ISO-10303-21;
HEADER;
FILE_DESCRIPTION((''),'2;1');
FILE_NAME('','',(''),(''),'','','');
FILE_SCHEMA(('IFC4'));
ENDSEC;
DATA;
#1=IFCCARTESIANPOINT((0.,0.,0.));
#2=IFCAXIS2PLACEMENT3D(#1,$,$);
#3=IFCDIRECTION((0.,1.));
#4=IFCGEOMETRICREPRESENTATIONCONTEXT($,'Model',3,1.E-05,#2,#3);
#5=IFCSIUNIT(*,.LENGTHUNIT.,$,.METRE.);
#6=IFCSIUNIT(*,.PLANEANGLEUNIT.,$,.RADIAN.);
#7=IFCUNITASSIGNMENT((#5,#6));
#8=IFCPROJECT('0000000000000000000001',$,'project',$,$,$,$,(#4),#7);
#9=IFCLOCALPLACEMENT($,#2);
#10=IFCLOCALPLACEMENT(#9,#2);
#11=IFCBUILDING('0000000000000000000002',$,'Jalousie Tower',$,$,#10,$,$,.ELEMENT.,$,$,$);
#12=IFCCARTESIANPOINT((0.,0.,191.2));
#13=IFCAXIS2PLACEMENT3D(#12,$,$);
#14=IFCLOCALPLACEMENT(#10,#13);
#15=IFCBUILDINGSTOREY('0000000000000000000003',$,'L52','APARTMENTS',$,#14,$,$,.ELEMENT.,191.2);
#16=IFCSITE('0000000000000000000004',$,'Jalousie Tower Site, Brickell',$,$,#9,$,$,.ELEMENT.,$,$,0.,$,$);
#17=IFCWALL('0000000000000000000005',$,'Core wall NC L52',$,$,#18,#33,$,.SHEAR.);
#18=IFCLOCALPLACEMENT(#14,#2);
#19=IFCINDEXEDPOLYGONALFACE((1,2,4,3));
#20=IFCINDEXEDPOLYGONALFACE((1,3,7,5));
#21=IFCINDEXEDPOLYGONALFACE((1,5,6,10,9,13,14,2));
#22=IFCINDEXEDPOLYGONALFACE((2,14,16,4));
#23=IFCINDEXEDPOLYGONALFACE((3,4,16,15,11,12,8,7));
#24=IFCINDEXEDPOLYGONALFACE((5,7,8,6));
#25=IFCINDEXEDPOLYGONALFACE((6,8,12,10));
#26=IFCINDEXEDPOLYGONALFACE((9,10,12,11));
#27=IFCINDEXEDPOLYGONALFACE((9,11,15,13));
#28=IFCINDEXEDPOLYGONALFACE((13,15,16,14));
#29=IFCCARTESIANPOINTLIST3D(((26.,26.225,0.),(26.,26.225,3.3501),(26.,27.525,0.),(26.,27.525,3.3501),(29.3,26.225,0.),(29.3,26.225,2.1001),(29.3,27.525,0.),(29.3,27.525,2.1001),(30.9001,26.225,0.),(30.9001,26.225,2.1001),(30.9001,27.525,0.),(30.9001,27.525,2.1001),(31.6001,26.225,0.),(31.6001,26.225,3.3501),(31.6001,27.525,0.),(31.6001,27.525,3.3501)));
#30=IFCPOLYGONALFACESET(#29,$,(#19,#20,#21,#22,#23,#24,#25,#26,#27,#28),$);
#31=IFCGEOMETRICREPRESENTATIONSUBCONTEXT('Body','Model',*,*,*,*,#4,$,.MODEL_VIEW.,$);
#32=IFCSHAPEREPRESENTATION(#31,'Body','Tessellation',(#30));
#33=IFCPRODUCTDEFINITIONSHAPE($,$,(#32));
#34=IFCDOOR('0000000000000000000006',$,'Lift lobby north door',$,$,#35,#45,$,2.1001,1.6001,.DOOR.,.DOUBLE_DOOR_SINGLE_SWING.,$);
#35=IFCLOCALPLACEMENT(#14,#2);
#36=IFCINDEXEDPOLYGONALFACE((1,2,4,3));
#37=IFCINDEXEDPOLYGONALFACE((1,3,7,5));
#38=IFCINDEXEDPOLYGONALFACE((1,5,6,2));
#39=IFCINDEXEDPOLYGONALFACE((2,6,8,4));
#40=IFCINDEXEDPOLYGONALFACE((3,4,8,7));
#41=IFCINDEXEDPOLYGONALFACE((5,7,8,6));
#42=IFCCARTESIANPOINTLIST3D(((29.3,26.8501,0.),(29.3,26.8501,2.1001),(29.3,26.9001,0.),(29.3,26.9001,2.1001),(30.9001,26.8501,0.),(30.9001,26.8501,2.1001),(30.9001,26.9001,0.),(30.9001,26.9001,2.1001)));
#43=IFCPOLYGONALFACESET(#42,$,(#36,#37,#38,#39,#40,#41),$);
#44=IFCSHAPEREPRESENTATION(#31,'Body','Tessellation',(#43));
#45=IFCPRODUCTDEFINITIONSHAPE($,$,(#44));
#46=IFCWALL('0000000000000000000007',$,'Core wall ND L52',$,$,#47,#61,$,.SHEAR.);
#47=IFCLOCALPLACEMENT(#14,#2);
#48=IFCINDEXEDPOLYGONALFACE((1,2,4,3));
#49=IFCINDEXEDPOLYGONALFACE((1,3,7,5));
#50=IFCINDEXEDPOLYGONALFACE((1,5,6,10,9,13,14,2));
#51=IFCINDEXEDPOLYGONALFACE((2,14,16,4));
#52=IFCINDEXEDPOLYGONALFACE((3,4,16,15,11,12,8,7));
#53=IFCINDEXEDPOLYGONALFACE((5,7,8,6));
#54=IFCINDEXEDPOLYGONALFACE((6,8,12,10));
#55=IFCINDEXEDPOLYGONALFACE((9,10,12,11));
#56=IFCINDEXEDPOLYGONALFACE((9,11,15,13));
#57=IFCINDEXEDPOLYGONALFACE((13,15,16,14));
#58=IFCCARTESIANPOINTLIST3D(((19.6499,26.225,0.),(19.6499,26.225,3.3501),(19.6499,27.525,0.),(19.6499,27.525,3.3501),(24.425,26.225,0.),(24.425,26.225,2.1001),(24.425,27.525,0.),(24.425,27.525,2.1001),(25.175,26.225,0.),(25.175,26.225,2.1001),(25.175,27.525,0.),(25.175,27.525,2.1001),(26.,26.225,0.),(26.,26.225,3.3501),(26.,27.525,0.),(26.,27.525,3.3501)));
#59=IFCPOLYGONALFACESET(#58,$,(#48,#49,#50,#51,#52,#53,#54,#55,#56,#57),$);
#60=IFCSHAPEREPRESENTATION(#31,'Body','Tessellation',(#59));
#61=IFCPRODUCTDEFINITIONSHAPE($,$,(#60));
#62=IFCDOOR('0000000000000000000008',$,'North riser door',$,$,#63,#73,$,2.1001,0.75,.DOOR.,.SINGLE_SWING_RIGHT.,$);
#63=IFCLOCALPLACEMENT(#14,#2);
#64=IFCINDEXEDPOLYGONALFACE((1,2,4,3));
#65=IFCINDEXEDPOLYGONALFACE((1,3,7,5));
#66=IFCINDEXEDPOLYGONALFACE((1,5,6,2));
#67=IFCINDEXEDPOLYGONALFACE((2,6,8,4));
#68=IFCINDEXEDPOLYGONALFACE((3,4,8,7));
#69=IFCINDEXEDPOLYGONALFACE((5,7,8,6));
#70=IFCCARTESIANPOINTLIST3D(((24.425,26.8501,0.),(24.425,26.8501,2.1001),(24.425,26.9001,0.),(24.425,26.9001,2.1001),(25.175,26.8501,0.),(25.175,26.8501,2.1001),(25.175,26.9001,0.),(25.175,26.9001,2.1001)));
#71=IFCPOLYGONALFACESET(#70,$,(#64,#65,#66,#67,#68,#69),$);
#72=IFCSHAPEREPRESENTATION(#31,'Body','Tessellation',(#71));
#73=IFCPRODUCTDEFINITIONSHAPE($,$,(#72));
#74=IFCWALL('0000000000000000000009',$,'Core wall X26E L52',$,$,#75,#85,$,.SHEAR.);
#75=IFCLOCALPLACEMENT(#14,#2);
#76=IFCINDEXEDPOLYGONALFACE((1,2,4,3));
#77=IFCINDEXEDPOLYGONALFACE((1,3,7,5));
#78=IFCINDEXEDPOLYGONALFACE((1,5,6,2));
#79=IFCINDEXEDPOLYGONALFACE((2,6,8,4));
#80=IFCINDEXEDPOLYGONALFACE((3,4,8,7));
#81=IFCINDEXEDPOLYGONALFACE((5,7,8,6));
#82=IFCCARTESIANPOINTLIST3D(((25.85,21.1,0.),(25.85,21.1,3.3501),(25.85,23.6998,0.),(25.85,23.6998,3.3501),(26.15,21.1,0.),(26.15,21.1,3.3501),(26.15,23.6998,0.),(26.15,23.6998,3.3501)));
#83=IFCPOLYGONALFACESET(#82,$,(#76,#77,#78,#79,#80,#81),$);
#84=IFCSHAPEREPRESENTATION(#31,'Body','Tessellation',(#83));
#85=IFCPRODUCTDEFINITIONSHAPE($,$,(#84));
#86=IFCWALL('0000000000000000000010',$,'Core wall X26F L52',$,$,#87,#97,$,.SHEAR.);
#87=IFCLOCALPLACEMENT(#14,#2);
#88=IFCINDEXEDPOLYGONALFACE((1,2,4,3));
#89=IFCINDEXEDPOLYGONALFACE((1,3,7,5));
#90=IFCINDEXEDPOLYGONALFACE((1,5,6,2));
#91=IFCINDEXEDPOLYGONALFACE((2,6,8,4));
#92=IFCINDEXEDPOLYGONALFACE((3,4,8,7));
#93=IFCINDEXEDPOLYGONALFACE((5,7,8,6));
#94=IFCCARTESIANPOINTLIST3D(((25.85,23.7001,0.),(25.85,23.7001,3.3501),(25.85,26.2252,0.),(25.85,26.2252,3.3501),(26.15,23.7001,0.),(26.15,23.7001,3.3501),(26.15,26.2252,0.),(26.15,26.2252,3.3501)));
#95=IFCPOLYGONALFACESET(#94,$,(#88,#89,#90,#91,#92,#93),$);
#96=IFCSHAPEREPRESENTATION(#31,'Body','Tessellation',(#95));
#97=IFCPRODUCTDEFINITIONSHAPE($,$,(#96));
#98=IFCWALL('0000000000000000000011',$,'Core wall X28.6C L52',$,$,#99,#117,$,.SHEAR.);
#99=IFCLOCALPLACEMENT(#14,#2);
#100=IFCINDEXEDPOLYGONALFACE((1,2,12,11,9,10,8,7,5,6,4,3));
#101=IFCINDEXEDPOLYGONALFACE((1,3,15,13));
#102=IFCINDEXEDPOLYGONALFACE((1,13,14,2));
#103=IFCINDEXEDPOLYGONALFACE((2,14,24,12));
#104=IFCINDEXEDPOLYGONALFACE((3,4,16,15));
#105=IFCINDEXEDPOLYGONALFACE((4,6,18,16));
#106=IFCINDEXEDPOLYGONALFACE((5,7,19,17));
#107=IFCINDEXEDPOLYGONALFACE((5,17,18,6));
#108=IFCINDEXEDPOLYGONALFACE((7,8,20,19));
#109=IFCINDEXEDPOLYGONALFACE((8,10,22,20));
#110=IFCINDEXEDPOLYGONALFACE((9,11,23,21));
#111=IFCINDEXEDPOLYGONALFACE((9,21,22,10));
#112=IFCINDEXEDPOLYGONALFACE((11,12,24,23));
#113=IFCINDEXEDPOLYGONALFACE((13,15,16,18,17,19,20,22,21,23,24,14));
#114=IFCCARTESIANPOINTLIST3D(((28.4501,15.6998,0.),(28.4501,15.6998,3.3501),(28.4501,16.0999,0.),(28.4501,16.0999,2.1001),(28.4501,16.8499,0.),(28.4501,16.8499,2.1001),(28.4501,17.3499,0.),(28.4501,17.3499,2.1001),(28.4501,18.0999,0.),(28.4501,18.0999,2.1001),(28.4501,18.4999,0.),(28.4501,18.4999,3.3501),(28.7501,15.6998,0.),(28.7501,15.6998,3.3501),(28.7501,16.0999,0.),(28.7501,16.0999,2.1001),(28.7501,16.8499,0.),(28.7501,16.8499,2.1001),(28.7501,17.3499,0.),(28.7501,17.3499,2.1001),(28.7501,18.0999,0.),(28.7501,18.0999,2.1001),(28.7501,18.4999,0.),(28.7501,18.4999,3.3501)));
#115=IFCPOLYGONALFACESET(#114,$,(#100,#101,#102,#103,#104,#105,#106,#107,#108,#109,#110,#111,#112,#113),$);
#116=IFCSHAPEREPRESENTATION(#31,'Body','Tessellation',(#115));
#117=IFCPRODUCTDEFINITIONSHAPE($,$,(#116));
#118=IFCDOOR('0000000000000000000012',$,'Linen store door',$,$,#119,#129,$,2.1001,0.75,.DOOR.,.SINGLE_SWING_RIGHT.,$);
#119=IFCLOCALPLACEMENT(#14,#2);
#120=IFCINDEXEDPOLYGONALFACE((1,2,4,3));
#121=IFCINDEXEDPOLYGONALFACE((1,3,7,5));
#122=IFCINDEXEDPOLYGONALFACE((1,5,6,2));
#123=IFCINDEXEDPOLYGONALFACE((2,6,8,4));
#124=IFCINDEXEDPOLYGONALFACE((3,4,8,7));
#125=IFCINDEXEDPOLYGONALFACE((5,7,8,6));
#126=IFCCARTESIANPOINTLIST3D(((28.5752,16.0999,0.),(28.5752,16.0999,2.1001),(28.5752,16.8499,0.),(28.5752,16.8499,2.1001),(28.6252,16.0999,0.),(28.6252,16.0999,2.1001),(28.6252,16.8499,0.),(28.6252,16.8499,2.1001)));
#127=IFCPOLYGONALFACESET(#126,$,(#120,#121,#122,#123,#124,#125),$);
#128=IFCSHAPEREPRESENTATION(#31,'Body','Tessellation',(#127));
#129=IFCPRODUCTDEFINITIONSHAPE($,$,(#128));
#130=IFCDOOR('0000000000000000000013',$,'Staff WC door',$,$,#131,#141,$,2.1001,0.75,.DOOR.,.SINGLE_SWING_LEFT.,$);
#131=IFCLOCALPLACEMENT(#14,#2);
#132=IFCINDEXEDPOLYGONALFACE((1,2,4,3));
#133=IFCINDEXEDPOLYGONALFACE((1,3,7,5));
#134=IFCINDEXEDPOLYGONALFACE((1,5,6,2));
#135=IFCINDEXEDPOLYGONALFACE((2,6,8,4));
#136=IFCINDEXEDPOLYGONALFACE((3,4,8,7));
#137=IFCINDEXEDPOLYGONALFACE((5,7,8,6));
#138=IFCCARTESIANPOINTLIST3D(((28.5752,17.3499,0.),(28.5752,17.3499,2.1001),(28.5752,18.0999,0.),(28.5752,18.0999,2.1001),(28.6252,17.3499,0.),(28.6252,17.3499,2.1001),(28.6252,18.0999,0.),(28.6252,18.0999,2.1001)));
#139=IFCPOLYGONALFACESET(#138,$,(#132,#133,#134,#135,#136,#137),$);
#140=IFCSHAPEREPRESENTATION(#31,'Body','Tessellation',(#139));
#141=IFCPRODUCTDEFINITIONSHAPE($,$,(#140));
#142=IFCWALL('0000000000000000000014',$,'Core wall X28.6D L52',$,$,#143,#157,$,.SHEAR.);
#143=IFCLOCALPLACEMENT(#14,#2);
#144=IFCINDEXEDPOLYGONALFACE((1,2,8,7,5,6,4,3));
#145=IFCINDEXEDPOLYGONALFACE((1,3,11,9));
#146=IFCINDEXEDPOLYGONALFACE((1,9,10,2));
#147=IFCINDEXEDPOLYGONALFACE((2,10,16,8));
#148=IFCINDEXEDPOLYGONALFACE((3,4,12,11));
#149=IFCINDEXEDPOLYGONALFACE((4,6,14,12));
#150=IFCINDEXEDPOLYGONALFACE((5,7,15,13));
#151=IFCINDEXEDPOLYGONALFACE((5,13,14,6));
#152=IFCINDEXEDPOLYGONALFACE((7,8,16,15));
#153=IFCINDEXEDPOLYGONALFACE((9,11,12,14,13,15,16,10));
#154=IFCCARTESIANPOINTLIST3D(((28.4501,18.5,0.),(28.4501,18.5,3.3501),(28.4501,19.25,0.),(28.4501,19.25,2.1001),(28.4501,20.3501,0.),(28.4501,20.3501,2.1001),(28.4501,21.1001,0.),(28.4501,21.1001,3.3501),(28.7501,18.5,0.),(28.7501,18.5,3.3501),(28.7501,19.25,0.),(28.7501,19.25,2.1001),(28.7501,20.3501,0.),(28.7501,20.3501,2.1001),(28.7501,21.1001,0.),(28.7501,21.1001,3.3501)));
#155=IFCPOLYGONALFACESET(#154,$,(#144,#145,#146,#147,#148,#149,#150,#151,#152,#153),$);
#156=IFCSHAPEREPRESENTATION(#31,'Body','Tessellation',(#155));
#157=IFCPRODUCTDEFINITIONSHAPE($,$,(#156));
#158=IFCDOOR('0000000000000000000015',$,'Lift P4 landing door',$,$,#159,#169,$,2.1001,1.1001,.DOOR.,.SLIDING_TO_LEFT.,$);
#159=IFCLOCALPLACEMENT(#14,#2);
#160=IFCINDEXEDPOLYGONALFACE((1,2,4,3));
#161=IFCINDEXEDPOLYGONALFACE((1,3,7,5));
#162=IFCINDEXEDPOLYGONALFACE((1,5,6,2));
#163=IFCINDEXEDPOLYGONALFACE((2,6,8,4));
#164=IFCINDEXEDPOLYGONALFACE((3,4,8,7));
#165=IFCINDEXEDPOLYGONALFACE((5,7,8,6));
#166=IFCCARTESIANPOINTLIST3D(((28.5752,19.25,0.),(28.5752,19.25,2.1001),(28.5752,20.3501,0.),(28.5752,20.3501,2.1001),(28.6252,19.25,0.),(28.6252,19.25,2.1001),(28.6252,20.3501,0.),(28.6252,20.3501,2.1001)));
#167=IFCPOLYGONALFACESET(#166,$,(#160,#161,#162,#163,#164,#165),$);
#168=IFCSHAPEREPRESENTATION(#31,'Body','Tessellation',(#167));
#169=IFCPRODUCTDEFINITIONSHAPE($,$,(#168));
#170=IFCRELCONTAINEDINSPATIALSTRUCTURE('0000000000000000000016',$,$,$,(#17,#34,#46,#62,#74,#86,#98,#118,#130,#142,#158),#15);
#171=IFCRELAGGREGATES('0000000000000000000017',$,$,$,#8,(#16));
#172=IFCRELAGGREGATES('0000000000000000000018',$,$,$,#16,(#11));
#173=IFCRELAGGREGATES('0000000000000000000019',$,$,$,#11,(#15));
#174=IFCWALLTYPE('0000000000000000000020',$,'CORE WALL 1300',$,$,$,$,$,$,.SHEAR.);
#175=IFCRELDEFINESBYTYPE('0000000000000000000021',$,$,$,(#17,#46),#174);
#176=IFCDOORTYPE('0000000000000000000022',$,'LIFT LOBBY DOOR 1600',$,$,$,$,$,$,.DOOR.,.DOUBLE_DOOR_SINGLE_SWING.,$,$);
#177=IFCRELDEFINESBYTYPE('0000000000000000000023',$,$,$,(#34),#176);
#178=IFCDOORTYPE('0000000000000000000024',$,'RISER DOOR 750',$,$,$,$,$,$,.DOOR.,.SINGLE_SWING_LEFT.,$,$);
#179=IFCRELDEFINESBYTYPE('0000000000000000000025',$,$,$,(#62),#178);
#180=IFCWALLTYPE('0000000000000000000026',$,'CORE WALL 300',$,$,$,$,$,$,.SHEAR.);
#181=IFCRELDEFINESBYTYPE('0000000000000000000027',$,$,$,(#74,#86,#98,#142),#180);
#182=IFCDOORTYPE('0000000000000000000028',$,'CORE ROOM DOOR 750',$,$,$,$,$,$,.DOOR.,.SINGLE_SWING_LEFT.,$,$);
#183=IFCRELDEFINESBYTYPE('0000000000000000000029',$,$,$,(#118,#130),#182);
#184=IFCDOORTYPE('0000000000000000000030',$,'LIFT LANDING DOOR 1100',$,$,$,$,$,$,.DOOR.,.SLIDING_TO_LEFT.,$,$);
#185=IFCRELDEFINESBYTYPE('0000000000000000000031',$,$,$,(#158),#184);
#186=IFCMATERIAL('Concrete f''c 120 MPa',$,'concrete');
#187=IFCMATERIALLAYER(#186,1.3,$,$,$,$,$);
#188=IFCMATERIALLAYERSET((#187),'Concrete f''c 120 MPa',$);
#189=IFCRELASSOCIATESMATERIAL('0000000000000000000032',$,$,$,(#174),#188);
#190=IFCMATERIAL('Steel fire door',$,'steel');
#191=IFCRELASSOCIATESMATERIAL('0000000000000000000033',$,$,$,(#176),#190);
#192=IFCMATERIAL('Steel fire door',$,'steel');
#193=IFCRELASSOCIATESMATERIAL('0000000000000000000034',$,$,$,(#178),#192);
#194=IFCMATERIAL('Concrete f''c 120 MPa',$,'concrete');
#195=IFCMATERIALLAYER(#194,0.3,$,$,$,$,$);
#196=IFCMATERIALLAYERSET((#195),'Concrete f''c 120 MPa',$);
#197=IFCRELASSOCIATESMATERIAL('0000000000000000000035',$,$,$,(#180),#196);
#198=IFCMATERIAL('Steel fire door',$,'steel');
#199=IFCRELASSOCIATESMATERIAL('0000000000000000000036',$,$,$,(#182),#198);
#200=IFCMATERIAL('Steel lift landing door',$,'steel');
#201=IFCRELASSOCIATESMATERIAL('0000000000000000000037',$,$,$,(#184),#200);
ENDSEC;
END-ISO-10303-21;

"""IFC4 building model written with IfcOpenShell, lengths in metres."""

from ifc_helpers import new_model, si_unit, direction, frame, frame_2d, origin, place, context, subcontext, project, spatial, rectangle, extrude, material, layer, layer_set, type_object, element, fill, save


model = new_model("IFC4")

# Units and contexts
model_context = context("Model", 3, precision=1e-05, world=origin(), true_north=direction((0.0, 1.0)))
body_context = subcontext(model_context, "Body", "Model", "MODEL_VIEW")
ifc_project = project(units=[si_unit("LENGTHUNIT", "METRE"), si_unit("PLANEANGLEUNIT", "RADIAN")], contexts=[model_context])

# Site, building, storey
site_placement = place(None, origin())
site = spatial("IfcSite", under=ifc_project, at=site_placement, Name="Jalousie Tower Site, Brickell", CompositionType="ELEMENT", RefElevation=0.0)
building_placement = place(site_placement, origin())
building = spatial("IfcBuilding", under=site, at=building_placement, Name="Jalousie Tower", CompositionType="ELEMENT")
storey_placement = place(building_placement, frame((0.0, 0.0, 191.2)))
storey = spatial("IfcBuildingStorey", under=building, at=storey_placement, Name="L52", Description="APARTMENTS", CompositionType="ELEMENT", Elevation=191.2)

# Walls, openings, doors
ifc_material_1 = material(Name="Concrete f'c 120 MPa", Category="concrete")
ifc_layer_1 = layer(ifc_material_1, 1.3)
ifc_layer_set_1 = layer_set([ifc_layer_1], Name="Concrete f'c 120 MPa")
wall_type_1 = type_object("IfcWallType", Name="CORE WALL 1300", PredefinedType="SHEAR", material=ifc_layer_set_1)
wall_1_placement = place(storey_placement, frame((31.6001, 26.875, 0.0), z_axis=(0.0, 0.0, 1.0), x_axis=(-1.0, 0.0, 0.0)))
wall_1 = element("IfcWall", 1, at=wall_1_placement, inside=storey, type_object=wall_type_1, Name="Core wall NC L52", PredefinedType="SHEAR", context=body_context, shape_type="SweptSolid", body=[
    extrude(rectangle(XDim=5.6001, YDim=1.3, at=frame_2d((2.8, 0.0))), origin(), (0.0, 0.0, 1.0), 3.3501),
])
opening_1_placement = place(wall_1_placement, frame((0.7, 0.0, 0.0)))
opening_1 = element("IfcOpeningElement", 2, at=opening_1_placement, cuts=wall_1, PredefinedType="OPENING", context=body_context, shape_type="SweptSolid", body=[
    extrude(rectangle(XDim=1.6001, YDim=2.1001, at=frame_2d((0.8, 1.05))), frame((0.0, 0.6599, 0.0), z_axis=(0.0, -1.0, 0.0), x_axis=(1.0, 0.0, 0.0)), (0.0, 0.0, 1.0), 1.3201),
])
ifc_material_2 = material(Name="Steel fire door", Category="steel")
door_type_1 = type_object("IfcDoorType", Name="LIFT LOBBY DOOR 1600", OperationType="DOUBLE_DOOR_SINGLE_SWING", PredefinedType="DOOR", material=ifc_material_2)
door_1_placement = place(opening_1_placement, origin())
door_1 = element("IfcDoor", 3, at=door_1_placement, inside=storey, type_object=door_type_1, Name="Lift lobby north door", OperationType="DOUBLE_DOOR_SINGLE_SWING", OverallHeight=2.1001, OverallWidth=1.6001, PredefinedType="DOOR", context=body_context, shape_type="SweptSolid", body=[
    extrude(rectangle(XDim=1.6001, YDim=2.1001, at=frame_2d((0.8, 1.05))), frame((0.0, 0.0249, 0.0), z_axis=(0.0, -1.0, 0.0), x_axis=(1.0, 0.0, 0.0)), (0.0, 0.0, 1.0), 0.05),
])
fill(opening_1, door_1)
wall_2_placement = place(storey_placement, frame((26.0, 26.875, 0.0), z_axis=(0.0, 0.0, 1.0), x_axis=(-1.0, 0.0, 0.0)))
wall_2 = element("IfcWall", 4, at=wall_2_placement, inside=storey, type_object=wall_type_1, Name="Core wall ND L52", PredefinedType="SHEAR", context=body_context, shape_type="SweptSolid", body=[
    extrude(rectangle(XDim=6.3501, YDim=1.3, at=frame_2d((3.175, 0.0))), origin(), (0.0, 0.0, 1.0), 3.3501),
])
opening_2_placement = place(wall_2_placement, frame((0.825, 0.0, 0.0)))
opening_2 = element("IfcOpeningElement", 5, at=opening_2_placement, cuts=wall_2, PredefinedType="OPENING", context=body_context, shape_type="SweptSolid", body=[
    extrude(rectangle(XDim=0.75, YDim=2.1001, at=frame_2d((0.375, 1.05))), frame((0.0, 0.6599, 0.0), z_axis=(0.0, -1.0, 0.0), x_axis=(1.0, 0.0, 0.0)), (0.0, 0.0, 1.0), 1.3201),
])
ifc_material_3 = material(Name="Steel fire door", Category="steel")
door_type_2 = type_object("IfcDoorType", Name="RISER DOOR 750", OperationType="SINGLE_SWING_LEFT", PredefinedType="DOOR", material=ifc_material_3)
door_2_placement = place(opening_2_placement, origin())
door_2 = element("IfcDoor", 6, at=door_2_placement, inside=storey, type_object=door_type_2, Name="North riser door", OperationType="SINGLE_SWING_RIGHT", OverallHeight=2.1001, OverallWidth=0.75, PredefinedType="DOOR", context=body_context, shape_type="SweptSolid", body=[
    extrude(rectangle(XDim=0.75, YDim=2.1001, at=frame_2d((0.375, 1.05))), frame((0.0, 0.0249, 0.0), z_axis=(0.0, -1.0, 0.0), x_axis=(1.0, 0.0, 0.0)), (0.0, 0.0, 1.0), 0.05),
])
fill(opening_2, door_2)

# Walls
ifc_material_4 = material(Name="Concrete f'c 120 MPa", Category="concrete")
ifc_layer_2 = layer(ifc_material_4, 0.3)
ifc_layer_set_2 = layer_set([ifc_layer_2], Name="Concrete f'c 120 MPa")
wall_type_2 = type_object("IfcWallType", Name="CORE WALL 300", PredefinedType="SHEAR", material=ifc_layer_set_2)
wall_3_placement = place(storey_placement, frame((26.0, 21.1001, 0.0), z_axis=(0.0, 0.0, 1.0), x_axis=(0.0, 1.0, 0.0)))
element("IfcWall", 7, at=wall_3_placement, inside=storey, type_object=wall_type_2, Name="Core wall X26E L52", PredefinedType="SHEAR", context=body_context, shape_type="SweptSolid", body=[
    extrude(rectangle(XDim=2.5999, YDim=0.3, at=frame_2d((1.2998, 0.0))), origin(), (0.0, 0.0, 1.0), 3.3501),
])
wall_4_placement = place(storey_placement, frame((26.0, 23.7, 0.0), z_axis=(0.0, 0.0, 1.0), x_axis=(0.0, 1.0, 0.0)))
element("IfcWall", 8, at=wall_4_placement, inside=storey, type_object=wall_type_2, Name="Core wall X26F L52", PredefinedType="SHEAR", context=body_context, shape_type="SweptSolid", body=[
    extrude(rectangle(XDim=2.5251, YDim=0.3, at=frame_2d((1.2627, 0.0))), origin(), (0.0, 0.0, 1.0), 3.3501),
])

# Wall, openings, doors
wall_5_placement = place(storey_placement, frame((28.6001, 15.7, 0.0), z_axis=(0.0, 0.0, 1.0), x_axis=(0.0, 1.0, 0.0)))
wall_5 = element("IfcWall", 9, at=wall_5_placement, inside=storey, type_object=wall_type_2, Name="Core wall X28.6C L52", PredefinedType="SHEAR", context=body_context, shape_type="SweptSolid", body=[
    extrude(rectangle(XDim=2.8, YDim=0.3, at=frame_2d((1.3999, 0.0))), origin(), (0.0, 0.0, 1.0), 3.3501),
])
opening_3_placement = place(wall_5_placement, frame((0.3999, 0.0, 0.0)))
opening_3 = element("IfcOpeningElement", 10, at=opening_3_placement, cuts=wall_5, PredefinedType="OPENING", context=body_context, shape_type="SweptSolid", body=[
    extrude(rectangle(XDim=0.75, YDim=2.1001, at=frame_2d((0.375, 1.05))), frame((0.0, 0.1599, 0.0), z_axis=(0.0, -1.0, 0.0), x_axis=(1.0, 0.0, 0.0)), (0.0, 0.0, 1.0), 0.3201),
])
opening_4_placement = place(wall_5_placement, frame((1.6499, 0.0, 0.0)))
opening_4 = element("IfcOpeningElement", 11, at=opening_4_placement, cuts=wall_5, PredefinedType="OPENING", context=body_context, shape_type="SweptSolid", body=[
    extrude(rectangle(XDim=0.75, YDim=2.1001, at=frame_2d((0.375, 1.05))), frame((0.0, 0.1599, 0.0), z_axis=(0.0, -1.0, 0.0), x_axis=(1.0, 0.0, 0.0)), (0.0, 0.0, 1.0), 0.3201),
])
ifc_material_5 = material(Name="Steel fire door", Category="steel")
door_type_3 = type_object("IfcDoorType", Name="CORE ROOM DOOR 750", OperationType="SINGLE_SWING_LEFT", PredefinedType="DOOR", material=ifc_material_5)
door_3_placement = place(opening_3_placement, origin())
door_3 = element("IfcDoor", 12, at=door_3_placement, inside=storey, type_object=door_type_3, Name="Linen store door", OperationType="SINGLE_SWING_RIGHT", OverallHeight=2.1001, OverallWidth=0.75, PredefinedType="DOOR", context=body_context, shape_type="SweptSolid", body=[
    extrude(rectangle(XDim=0.75, YDim=2.1001, at=frame_2d((0.375, 1.05))), frame((0.0, 0.0249, 0.0), z_axis=(0.0, -1.0, 0.0), x_axis=(1.0, 0.0, 0.0)), (0.0, 0.0, 1.0), 0.05),
])
fill(opening_3, door_3)
door_4_placement = place(opening_4_placement, origin())
door_4 = element("IfcDoor", 13, at=door_4_placement, inside=storey, type_object=door_type_3, Name="Staff WC door", OperationType="SINGLE_SWING_LEFT", OverallHeight=2.1001, OverallWidth=0.75, PredefinedType="DOOR", context=body_context, shape_type="SweptSolid", body=[
    extrude(rectangle(XDim=0.75, YDim=2.1001, at=frame_2d((0.375, 1.05))), frame((0.0, 0.0249, 0.0), z_axis=(0.0, -1.0, 0.0), x_axis=(1.0, 0.0, 0.0)), (0.0, 0.0, 1.0), 0.05),
])
fill(opening_4, door_4)

# Wall, opening, door
wall_6_placement = place(storey_placement, frame((28.6001, 18.5, 0.0), z_axis=(0.0, 0.0, 1.0), x_axis=(0.0, 1.0, 0.0)))
wall_6 = element("IfcWall", 14, at=wall_6_placement, inside=storey, type_object=wall_type_2, Name="Core wall X28.6D L52", PredefinedType="SHEAR", context=body_context, shape_type="SweptSolid", body=[
    extrude(rectangle(XDim=2.6001, YDim=0.3, at=frame_2d((1.3, 0.0))), origin(), (0.0, 0.0, 1.0), 3.3501),
])
opening_5_placement = place(wall_6_placement, frame((0.75, 0.0, 0.0)))
opening_5 = element("IfcOpeningElement", 15, at=opening_5_placement, cuts=wall_6, PredefinedType="OPENING", context=body_context, shape_type="SweptSolid", body=[
    extrude(rectangle(XDim=1.1001, YDim=2.1001, at=frame_2d((0.55, 1.05))), frame((0.0, 0.1599, 0.0), z_axis=(0.0, -1.0, 0.0), x_axis=(1.0, 0.0, 0.0)), (0.0, 0.0, 1.0), 0.3201),
])
ifc_material_6 = material(Name="Steel lift landing door", Category="steel")
door_type_4 = type_object("IfcDoorType", Name="LIFT LANDING DOOR 1100", OperationType="SLIDING_TO_LEFT", PredefinedType="DOOR", material=ifc_material_6)
door_5_placement = place(opening_5_placement, origin())
door_5 = element("IfcDoor", 16, at=door_5_placement, inside=storey, type_object=door_type_4, Name="Lift P4 landing door", OperationType="SLIDING_TO_LEFT", OverallHeight=2.1001, OverallWidth=1.1001, PredefinedType="DOOR", context=body_context, shape_type="SweptSolid", body=[
    extrude(rectangle(XDim=1.1001, YDim=2.1001, at=frame_2d((0.55, 1.05))), frame((0.0, 0.0249, 0.0), z_axis=(0.0, -1.0, 0.0), x_axis=(1.0, 0.0, 0.0)), (0.0, 0.0, 1.0), 0.05),
])
fill(opening_5, door_5)

save(model, "model.ifc")
